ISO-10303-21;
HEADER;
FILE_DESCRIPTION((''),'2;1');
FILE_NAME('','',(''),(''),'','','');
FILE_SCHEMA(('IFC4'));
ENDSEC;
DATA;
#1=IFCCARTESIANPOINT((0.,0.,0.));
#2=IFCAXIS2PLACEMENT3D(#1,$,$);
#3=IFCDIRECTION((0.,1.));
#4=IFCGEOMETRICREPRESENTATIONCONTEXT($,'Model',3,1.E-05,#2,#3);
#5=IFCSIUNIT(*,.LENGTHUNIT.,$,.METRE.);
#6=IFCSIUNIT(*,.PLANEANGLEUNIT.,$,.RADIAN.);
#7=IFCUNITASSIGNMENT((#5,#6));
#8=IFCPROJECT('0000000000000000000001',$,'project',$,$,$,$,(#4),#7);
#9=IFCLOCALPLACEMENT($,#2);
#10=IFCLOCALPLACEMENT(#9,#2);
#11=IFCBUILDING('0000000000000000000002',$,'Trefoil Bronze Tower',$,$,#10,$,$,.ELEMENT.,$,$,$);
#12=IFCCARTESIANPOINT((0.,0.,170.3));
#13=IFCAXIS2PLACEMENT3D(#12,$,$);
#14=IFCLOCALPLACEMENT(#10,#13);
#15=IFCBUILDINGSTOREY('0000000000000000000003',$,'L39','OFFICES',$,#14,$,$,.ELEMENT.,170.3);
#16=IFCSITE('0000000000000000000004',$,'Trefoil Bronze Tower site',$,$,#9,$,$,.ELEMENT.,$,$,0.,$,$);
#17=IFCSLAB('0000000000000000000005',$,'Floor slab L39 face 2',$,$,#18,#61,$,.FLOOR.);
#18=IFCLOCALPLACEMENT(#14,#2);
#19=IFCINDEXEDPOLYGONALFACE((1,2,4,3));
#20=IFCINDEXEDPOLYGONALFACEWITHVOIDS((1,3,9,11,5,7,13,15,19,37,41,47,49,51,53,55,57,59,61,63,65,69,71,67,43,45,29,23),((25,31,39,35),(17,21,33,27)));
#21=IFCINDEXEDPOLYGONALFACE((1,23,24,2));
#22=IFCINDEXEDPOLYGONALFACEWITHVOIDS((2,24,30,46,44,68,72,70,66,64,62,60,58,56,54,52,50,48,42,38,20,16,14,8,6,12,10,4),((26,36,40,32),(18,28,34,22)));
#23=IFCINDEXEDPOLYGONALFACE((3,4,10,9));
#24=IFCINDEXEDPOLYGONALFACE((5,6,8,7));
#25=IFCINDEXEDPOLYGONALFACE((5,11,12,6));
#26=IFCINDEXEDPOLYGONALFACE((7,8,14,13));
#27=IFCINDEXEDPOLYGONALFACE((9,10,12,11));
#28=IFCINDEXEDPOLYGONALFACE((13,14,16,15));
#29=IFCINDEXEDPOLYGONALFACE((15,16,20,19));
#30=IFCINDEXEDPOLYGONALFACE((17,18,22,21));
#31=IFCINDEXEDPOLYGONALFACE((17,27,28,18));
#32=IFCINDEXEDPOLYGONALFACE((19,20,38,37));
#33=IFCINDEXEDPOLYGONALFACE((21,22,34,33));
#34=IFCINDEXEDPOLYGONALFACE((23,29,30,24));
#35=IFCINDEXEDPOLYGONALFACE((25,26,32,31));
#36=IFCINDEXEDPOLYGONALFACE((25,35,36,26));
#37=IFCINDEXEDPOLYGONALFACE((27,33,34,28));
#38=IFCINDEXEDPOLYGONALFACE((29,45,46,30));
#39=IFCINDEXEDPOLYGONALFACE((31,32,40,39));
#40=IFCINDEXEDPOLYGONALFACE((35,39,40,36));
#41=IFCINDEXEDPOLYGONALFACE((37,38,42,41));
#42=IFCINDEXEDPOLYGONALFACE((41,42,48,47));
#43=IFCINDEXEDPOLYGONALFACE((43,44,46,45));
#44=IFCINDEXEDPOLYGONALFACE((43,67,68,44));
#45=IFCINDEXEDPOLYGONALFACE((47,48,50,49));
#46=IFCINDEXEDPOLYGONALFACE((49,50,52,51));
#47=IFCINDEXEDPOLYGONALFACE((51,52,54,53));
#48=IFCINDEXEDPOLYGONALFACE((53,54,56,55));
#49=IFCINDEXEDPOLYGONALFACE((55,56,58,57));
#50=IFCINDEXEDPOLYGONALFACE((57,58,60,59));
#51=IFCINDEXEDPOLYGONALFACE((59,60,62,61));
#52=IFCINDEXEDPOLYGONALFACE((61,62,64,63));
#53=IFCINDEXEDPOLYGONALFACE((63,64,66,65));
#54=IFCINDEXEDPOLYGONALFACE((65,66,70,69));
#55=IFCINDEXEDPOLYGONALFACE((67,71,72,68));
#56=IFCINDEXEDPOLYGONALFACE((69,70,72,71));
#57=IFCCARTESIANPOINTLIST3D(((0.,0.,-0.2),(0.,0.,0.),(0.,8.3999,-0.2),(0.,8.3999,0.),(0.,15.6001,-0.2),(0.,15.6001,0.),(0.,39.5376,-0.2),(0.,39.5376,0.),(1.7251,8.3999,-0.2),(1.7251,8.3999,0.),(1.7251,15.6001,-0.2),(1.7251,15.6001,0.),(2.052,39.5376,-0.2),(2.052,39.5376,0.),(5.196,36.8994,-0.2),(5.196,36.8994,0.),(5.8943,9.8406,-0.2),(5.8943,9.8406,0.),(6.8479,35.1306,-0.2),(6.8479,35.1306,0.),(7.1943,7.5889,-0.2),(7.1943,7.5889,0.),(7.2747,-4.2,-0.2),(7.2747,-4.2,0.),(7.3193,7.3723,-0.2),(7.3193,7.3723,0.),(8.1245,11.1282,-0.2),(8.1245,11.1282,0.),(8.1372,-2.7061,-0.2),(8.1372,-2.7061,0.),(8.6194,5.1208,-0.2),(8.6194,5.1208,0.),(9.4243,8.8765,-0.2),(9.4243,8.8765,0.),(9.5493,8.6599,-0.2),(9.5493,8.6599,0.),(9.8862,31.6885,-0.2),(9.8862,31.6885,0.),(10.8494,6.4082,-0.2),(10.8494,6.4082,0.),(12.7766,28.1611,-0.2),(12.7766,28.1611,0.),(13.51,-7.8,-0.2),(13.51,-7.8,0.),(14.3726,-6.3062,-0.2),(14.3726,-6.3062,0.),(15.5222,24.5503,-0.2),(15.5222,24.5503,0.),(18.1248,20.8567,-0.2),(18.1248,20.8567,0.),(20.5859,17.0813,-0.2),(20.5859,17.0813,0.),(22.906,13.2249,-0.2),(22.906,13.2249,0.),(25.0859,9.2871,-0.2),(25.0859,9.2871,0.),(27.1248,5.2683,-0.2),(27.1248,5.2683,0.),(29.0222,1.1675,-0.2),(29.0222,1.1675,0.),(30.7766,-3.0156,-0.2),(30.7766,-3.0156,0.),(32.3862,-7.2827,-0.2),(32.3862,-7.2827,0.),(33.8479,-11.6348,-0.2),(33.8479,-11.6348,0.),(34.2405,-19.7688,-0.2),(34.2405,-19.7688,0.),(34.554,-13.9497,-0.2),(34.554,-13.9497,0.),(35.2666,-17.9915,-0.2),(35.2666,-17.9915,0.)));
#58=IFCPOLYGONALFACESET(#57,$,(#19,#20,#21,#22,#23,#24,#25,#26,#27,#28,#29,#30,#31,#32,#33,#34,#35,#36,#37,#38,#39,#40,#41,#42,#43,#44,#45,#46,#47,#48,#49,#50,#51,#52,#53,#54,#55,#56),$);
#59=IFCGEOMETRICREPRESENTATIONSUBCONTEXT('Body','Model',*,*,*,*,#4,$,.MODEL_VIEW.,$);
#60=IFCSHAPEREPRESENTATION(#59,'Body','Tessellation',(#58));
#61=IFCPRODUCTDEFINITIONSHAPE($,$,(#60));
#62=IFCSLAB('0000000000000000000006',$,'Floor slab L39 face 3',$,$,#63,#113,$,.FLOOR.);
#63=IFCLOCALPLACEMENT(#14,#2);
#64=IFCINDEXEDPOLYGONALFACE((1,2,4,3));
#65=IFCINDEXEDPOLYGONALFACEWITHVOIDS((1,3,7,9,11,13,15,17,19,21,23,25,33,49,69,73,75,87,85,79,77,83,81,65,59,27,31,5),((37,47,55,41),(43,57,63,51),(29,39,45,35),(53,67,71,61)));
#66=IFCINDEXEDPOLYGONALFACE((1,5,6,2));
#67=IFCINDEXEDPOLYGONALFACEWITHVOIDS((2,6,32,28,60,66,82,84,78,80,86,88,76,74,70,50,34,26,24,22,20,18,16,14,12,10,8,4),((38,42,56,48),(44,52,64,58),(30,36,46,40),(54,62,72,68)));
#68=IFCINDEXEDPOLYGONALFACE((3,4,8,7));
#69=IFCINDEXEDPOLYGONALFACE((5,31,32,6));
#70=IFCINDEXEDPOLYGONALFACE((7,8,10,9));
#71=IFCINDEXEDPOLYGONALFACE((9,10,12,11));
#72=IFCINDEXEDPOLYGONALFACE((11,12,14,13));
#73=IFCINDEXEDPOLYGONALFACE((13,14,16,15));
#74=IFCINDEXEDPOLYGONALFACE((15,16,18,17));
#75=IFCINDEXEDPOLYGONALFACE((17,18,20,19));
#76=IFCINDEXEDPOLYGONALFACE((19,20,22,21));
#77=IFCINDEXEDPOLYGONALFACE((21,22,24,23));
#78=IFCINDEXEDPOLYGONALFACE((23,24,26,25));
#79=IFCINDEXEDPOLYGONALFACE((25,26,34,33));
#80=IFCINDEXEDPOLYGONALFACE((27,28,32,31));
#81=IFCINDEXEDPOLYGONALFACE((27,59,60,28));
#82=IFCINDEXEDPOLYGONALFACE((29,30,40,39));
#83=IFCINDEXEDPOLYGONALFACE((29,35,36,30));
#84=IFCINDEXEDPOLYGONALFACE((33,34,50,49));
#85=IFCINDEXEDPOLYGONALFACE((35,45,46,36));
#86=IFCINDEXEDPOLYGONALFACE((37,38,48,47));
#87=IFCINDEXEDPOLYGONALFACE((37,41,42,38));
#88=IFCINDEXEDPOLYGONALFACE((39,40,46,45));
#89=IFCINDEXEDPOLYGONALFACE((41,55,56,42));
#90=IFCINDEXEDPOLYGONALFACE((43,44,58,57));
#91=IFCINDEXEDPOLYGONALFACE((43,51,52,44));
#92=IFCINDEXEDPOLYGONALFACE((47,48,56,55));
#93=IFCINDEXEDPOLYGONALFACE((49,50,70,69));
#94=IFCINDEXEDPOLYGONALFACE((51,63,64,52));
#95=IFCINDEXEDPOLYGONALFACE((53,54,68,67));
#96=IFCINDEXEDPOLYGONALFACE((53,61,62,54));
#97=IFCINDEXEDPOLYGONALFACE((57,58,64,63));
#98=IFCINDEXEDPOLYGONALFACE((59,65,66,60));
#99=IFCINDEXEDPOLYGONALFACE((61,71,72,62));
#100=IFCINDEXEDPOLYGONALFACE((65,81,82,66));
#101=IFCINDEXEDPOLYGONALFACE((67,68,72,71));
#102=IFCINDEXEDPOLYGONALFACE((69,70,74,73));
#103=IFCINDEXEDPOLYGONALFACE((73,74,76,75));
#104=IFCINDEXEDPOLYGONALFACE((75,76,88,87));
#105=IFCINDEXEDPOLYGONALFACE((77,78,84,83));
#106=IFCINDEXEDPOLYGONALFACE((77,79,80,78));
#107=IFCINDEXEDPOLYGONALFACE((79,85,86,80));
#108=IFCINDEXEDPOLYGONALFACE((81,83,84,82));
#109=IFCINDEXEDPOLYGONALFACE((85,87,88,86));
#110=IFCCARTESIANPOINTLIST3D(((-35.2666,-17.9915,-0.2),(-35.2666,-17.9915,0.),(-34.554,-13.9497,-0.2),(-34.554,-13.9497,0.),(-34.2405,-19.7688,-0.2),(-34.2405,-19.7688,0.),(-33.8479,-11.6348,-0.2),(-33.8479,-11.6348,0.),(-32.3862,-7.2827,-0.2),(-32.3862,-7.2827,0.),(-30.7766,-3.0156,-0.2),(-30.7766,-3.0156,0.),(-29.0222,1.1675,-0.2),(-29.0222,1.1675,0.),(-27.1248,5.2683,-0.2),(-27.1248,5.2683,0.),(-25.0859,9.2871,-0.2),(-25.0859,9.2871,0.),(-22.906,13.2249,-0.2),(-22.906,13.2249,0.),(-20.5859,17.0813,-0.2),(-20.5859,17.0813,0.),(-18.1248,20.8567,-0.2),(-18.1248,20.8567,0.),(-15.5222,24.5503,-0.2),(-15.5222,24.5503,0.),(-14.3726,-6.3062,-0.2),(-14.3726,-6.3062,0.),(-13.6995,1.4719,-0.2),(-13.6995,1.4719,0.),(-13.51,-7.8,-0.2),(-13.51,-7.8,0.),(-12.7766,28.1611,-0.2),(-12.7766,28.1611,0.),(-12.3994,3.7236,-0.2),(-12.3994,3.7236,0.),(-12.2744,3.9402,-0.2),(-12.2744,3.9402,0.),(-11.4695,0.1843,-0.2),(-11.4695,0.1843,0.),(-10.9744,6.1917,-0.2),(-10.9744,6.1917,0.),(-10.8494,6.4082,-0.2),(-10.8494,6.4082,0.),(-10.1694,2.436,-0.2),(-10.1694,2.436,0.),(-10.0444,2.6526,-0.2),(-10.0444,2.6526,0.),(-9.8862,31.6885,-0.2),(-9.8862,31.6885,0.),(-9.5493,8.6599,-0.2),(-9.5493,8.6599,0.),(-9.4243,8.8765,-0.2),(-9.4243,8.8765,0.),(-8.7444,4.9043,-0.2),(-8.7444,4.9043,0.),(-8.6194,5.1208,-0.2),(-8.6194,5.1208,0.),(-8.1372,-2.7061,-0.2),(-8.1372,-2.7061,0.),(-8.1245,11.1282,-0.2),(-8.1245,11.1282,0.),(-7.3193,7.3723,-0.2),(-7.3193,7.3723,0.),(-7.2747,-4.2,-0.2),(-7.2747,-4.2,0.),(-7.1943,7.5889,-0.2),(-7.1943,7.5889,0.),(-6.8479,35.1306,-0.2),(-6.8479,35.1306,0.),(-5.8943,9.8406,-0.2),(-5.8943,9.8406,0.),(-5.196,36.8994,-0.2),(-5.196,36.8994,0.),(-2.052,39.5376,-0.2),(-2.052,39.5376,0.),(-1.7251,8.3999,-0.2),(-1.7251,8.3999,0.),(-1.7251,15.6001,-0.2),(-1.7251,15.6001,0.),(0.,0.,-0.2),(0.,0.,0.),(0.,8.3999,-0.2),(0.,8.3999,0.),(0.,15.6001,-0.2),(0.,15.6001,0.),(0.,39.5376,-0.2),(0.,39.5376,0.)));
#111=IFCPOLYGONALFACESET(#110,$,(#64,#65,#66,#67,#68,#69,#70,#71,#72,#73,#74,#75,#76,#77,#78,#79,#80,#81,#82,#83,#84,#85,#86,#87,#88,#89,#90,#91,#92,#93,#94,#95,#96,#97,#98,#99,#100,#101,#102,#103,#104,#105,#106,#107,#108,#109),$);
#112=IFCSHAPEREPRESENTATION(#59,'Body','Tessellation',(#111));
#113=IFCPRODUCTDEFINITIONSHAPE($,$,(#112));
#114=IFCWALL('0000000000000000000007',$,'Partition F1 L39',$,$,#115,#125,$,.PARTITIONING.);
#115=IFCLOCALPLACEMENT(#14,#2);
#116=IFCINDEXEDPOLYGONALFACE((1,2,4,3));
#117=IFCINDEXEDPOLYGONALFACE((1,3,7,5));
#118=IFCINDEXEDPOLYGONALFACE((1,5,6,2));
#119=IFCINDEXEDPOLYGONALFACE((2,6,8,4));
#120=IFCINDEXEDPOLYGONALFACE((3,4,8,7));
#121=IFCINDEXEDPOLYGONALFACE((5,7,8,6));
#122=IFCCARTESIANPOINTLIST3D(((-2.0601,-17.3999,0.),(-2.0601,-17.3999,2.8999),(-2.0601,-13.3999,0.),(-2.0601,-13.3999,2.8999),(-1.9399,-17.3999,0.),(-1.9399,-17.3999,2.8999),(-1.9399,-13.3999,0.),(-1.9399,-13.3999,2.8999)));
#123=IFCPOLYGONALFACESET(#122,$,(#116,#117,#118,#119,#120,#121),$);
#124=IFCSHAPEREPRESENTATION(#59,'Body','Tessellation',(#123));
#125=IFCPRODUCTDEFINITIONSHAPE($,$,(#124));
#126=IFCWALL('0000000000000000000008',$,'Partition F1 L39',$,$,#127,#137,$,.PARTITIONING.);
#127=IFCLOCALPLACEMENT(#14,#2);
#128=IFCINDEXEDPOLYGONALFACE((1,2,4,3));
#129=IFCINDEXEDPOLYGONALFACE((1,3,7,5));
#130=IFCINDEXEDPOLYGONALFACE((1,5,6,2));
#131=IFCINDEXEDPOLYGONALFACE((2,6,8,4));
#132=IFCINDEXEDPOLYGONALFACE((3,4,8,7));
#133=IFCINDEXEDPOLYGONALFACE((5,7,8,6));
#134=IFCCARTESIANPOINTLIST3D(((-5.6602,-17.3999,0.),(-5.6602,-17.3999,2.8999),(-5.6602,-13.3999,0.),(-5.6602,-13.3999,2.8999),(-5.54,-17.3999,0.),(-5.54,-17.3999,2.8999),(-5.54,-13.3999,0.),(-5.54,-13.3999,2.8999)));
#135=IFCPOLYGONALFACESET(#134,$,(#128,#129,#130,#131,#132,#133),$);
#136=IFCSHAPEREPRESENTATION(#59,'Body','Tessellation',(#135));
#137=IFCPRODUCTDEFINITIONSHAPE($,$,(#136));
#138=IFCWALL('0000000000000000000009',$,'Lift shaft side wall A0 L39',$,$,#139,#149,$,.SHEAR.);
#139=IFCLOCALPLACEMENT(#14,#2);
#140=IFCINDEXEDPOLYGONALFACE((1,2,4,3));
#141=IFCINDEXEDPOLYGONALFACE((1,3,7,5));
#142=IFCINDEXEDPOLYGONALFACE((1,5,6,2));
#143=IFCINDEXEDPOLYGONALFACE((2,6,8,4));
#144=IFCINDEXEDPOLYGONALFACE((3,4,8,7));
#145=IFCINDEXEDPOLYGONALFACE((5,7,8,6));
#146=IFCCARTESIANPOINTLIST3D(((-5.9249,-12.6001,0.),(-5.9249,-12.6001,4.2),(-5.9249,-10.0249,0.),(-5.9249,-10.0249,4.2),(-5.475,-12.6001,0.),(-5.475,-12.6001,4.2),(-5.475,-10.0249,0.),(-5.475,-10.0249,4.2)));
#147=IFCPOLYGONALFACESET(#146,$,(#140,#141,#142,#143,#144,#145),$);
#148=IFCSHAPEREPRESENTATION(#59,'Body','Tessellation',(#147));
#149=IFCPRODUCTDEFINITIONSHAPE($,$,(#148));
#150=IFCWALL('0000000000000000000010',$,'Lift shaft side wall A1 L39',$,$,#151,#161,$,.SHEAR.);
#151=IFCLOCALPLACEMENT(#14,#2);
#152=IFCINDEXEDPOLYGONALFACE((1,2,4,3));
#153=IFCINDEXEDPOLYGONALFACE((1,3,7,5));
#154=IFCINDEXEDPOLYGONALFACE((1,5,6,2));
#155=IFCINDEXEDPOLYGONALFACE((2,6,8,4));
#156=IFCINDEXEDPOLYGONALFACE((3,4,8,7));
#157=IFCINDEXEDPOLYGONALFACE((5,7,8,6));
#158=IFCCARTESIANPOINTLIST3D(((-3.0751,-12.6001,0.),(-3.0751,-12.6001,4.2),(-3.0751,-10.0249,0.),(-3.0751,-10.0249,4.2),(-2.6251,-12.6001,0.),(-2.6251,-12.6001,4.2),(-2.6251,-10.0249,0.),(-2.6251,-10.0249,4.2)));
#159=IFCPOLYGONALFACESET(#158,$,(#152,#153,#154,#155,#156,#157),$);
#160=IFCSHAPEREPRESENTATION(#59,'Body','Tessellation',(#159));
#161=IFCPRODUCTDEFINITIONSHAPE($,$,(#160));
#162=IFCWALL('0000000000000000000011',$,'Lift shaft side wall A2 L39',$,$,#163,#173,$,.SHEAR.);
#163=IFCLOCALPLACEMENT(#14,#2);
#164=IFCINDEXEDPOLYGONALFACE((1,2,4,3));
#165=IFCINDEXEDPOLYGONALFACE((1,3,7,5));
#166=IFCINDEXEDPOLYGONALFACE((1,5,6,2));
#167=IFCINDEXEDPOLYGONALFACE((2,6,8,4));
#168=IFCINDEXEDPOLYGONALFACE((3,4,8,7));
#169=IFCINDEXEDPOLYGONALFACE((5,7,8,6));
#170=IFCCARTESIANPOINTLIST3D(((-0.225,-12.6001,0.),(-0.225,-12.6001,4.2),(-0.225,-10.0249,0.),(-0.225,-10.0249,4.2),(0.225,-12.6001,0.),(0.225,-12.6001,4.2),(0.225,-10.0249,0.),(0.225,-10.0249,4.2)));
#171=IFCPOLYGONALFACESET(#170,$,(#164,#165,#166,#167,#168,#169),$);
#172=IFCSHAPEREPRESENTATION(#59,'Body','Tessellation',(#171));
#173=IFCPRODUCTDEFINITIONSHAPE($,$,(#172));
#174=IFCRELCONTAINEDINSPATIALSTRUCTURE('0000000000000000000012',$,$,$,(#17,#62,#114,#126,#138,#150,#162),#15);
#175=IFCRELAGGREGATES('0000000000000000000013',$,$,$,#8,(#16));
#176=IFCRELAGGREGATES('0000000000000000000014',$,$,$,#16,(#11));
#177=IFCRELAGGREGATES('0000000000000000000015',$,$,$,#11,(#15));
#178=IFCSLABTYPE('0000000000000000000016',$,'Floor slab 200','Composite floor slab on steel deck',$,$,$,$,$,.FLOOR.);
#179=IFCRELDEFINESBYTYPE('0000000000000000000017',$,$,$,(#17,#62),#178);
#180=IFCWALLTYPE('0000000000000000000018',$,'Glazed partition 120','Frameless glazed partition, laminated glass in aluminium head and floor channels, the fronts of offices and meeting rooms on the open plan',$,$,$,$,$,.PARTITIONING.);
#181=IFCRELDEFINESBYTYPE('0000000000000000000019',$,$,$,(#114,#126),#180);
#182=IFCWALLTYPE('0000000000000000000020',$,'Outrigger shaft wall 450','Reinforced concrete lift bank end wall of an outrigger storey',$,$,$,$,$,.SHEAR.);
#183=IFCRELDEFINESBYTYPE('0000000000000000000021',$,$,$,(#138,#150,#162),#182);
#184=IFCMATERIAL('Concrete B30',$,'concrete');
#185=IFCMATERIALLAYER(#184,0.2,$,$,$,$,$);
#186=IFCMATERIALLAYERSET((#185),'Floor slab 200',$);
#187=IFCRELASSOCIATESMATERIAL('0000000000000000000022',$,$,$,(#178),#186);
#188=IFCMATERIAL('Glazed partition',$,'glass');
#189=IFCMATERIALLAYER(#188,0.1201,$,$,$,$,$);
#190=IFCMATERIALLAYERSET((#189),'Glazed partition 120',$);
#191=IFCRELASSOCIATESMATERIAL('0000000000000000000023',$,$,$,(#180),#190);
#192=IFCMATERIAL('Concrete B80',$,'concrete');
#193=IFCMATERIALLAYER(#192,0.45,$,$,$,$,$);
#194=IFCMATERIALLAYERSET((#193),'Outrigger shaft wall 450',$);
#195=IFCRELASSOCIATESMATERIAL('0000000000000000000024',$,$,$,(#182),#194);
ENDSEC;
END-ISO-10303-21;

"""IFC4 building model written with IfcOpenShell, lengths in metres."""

from ifc_helpers import new_model, si_unit, direction, frame, frame_2d, origin, place, context, subcontext, project, spatial, polyline, rectangle, outline, extrude, material, layer, layer_set, type_object, element, save


model = new_model("IFC4")

# Units and contexts
model_context = context("Model", 3, precision=1e-05, world=origin(), true_north=direction((0.0, 1.0)))
body_context = subcontext(model_context, "Body", "Model", "MODEL_VIEW")
ifc_project = project(units=[si_unit("LENGTHUNIT", "METRE"), si_unit("PLANEANGLEUNIT", "RADIAN")], contexts=[model_context])

# Site, building, storey
site_placement = place(None, origin())
site = spatial("IfcSite", under=ifc_project, at=site_placement, Name="Trefoil Bronze Tower site", CompositionType="ELEMENT", RefElevation=0.0)
building_placement = place(site_placement, origin())
building = spatial("IfcBuilding", under=site, at=building_placement, Name="Trefoil Bronze Tower", CompositionType="ELEMENT")
storey_placement = place(building_placement, frame((0.0, 0.0, 170.3)))
storey = spatial("IfcBuildingStorey", under=building, at=storey_placement, Name="L39", Description="OFFICES", CompositionType="ELEMENT", Elevation=170.3)

# Slabs
ifc_material_1 = material(Name="Concrete B30", Category="concrete")
ifc_layer_1 = layer(ifc_material_1, 0.2)
ifc_layer_set_1 = layer_set([ifc_layer_1], Name="Floor slab 200")
slab_type = type_object("IfcSlabType", Name="Floor slab 200", Description="Composite floor slab on steel deck", PredefinedType="FLOOR", material=ifc_layer_set_1)
slab_1_placement = place(storey_placement, frame((0.0, 0.0, -0.2)))
element("IfcSlab", 1, at=slab_1_placement, inside=storey, type_object=slab_type, Name="Floor slab L39 face 2", PredefinedType="FLOOR", context=body_context, shape_type="SweptSolid", body=[
    extrude(outline(polyline([(9.8862, 31.6885), (12.7766, 28.1611), (15.5222, 24.5503), (18.1248, 20.8567), (20.5859, 17.0813), (22.906, 13.2249), (25.0859, 9.2871), (27.1248, 5.2683), (29.0222, 1.1675), (30.7766, -3.0156), (32.3862, -7.2827), (33.8479, -11.6348), (34.554, -13.9497), (35.2666, -17.9915), (34.2405, -19.7688), (13.51, -7.8), (14.3726, -6.3062), (8.1372, -2.7061), (7.2747, -4.2), (0.0, 0.0), (0.0, 8.3999), (1.7251, 8.3999), (1.7251, 15.6001), (0.0, 15.6001), (0.0, 39.5376), (2.052, 39.5376), (5.196, 36.8994), (6.8479, 35.1306), (9.8862, 31.6885)]), holes=[polyline([(8.6194, 5.1208), (7.3193, 7.3723), (9.5493, 8.6599), (10.8494, 6.4082), (8.6194, 5.1208)]), polyline([(7.1943, 7.5889), (5.8943, 9.8406), (8.1245, 11.1282), (9.4243, 8.8765), (7.1943, 7.5889)])]), origin(), (0.0, 0.0, 1.0), 0.2),
])
slab_2_placement = place(storey_placement, frame((0.0, 0.0, -0.2)))
element("IfcSlab", 2, at=slab_2_placement, inside=storey, type_object=slab_type, Name="Floor slab L39 face 3", PredefinedType="FLOOR", context=body_context, shape_type="SweptSolid", body=[
    extrude(outline(polyline([(-32.3862, -7.2827), (-30.7766, -3.0156), (-29.0222, 1.1675), (-27.1248, 5.2683), (-25.0859, 9.2871), (-22.906, 13.2249), (-20.5859, 17.0813), (-18.1248, 20.8567), (-15.5222, 24.5503), (-12.7766, 28.1611), (-9.8862, 31.6885), (-6.8479, 35.1306), (-5.196, 36.8994), (-2.052, 39.5376), (0.0, 39.5376), (0.0, 15.6001), (-1.7251, 15.6001), (-1.7251, 8.3999), (0.0, 8.3999), (0.0, 0.0), (-7.2747, -4.2), (-8.1372, -2.7061), (-14.3726, -6.3062), (-13.51, -7.8), (-34.2405, -19.7688), (-35.2666, -17.9915), (-34.554, -13.9497), (-33.8479, -11.6348), (-32.3862, -7.2827)]), holes=[polyline([(-5.8943, 9.8406), (-7.1943, 7.5889), (-9.4243, 8.8765), (-8.1245, 11.1282), (-5.8943, 9.8406)]), polyline([(-7.3193, 7.3723), (-8.6194, 5.1208), (-10.8494, 6.4082), (-9.5493, 8.6599), (-7.3193, 7.3723)]), polyline([(-8.7444, 4.9043), (-10.0444, 2.6526), (-12.2744, 3.9402), (-10.9744, 6.1917), (-8.7444, 4.9043)]), polyline([(-10.1694, 2.436), (-11.4695, 0.1843), (-13.6995, 1.4719), (-12.3994, 3.7236), (-10.1694, 2.436)])]), origin(), (0.0, 0.0, 1.0), 0.2),
])

# Walls
ifc_material_2 = material(Name="Glazed partition", Category="glass")
ifc_layer_2 = layer(ifc_material_2, 0.1201)
ifc_layer_set_2 = layer_set([ifc_layer_2], Name="Glazed partition 120")
wall_type_1 = type_object("IfcWallType", Name="Glazed partition 120", Description="Frameless glazed partition, laminated glass in aluminium head and floor channels, the fronts of offices and meeting rooms on the open plan", PredefinedType="PARTITIONING", material=ifc_layer_set_2)
for number, where, z_axis, x_axis, name in (
    (3, (-2.0, -13.3999, 0.0), (0.0, 0.0, 1.0), (0.0, -1.0, 0.0), "Partition F1 L39"),
    (4, (-5.6001, -13.3999, 0.0), (0.0, 0.0, 1.0), (0.0, -1.0, 0.0), "Partition F1 L39"),
):
    element("IfcWall", number, at=place(storey_placement, frame(where, z_axis=z_axis, x_axis=x_axis)), inside=storey, type_object=wall_type_1, Name=name, PredefinedType="PARTITIONING", context=body_context, shape_type="SweptSolid", body=[
        extrude(rectangle(XDim=4.0, YDim=0.1201, at=frame_2d((2.0, 0.0))), origin(), (0.0, 0.0, 1.0), 2.8999),
    ])
ifc_material_3 = material(Name="Concrete B80", Category="concrete")
ifc_layer_3 = layer(ifc_material_3, 0.45)
ifc_layer_set_3 = layer_set([ifc_layer_3], Name="Outrigger shaft wall 450")
wall_type_2 = type_object("IfcWallType", Name="Outrigger shaft wall 450", Description="Reinforced concrete lift bank end wall of an outrigger storey", PredefinedType="SHEAR", material=ifc_layer_set_3)
for number, where, z_axis, x_axis, name in (
    (5, (-5.7, -10.0249, 0.0), (0.0, 0.0, 1.0), (0.0, -1.0, 0.0), "Lift shaft side wall A0 L39"),
    (6, (-2.8501, -10.0249, 0.0), (0.0, 0.0, 1.0), (0.0, -1.0, 0.0), "Lift shaft side wall A1 L39"),
    (7, (0.0, -10.0249, 0.0), (0.0, 0.0, 1.0), (0.0, -1.0, 0.0), "Lift shaft side wall A2 L39"),
):
    element("IfcWall", number, at=place(storey_placement, frame(where, z_axis=z_axis, x_axis=x_axis)), inside=storey, type_object=wall_type_2, Name=name, PredefinedType="SHEAR", context=body_context, shape_type="SweptSolid", body=[
        extrude(rectangle(XDim=2.5752, YDim=0.45, at=frame_2d((1.2876, 0.0))), origin(), (0.0, 0.0, 1.0), 4.2),
    ])

save(model, "model.ifc")
